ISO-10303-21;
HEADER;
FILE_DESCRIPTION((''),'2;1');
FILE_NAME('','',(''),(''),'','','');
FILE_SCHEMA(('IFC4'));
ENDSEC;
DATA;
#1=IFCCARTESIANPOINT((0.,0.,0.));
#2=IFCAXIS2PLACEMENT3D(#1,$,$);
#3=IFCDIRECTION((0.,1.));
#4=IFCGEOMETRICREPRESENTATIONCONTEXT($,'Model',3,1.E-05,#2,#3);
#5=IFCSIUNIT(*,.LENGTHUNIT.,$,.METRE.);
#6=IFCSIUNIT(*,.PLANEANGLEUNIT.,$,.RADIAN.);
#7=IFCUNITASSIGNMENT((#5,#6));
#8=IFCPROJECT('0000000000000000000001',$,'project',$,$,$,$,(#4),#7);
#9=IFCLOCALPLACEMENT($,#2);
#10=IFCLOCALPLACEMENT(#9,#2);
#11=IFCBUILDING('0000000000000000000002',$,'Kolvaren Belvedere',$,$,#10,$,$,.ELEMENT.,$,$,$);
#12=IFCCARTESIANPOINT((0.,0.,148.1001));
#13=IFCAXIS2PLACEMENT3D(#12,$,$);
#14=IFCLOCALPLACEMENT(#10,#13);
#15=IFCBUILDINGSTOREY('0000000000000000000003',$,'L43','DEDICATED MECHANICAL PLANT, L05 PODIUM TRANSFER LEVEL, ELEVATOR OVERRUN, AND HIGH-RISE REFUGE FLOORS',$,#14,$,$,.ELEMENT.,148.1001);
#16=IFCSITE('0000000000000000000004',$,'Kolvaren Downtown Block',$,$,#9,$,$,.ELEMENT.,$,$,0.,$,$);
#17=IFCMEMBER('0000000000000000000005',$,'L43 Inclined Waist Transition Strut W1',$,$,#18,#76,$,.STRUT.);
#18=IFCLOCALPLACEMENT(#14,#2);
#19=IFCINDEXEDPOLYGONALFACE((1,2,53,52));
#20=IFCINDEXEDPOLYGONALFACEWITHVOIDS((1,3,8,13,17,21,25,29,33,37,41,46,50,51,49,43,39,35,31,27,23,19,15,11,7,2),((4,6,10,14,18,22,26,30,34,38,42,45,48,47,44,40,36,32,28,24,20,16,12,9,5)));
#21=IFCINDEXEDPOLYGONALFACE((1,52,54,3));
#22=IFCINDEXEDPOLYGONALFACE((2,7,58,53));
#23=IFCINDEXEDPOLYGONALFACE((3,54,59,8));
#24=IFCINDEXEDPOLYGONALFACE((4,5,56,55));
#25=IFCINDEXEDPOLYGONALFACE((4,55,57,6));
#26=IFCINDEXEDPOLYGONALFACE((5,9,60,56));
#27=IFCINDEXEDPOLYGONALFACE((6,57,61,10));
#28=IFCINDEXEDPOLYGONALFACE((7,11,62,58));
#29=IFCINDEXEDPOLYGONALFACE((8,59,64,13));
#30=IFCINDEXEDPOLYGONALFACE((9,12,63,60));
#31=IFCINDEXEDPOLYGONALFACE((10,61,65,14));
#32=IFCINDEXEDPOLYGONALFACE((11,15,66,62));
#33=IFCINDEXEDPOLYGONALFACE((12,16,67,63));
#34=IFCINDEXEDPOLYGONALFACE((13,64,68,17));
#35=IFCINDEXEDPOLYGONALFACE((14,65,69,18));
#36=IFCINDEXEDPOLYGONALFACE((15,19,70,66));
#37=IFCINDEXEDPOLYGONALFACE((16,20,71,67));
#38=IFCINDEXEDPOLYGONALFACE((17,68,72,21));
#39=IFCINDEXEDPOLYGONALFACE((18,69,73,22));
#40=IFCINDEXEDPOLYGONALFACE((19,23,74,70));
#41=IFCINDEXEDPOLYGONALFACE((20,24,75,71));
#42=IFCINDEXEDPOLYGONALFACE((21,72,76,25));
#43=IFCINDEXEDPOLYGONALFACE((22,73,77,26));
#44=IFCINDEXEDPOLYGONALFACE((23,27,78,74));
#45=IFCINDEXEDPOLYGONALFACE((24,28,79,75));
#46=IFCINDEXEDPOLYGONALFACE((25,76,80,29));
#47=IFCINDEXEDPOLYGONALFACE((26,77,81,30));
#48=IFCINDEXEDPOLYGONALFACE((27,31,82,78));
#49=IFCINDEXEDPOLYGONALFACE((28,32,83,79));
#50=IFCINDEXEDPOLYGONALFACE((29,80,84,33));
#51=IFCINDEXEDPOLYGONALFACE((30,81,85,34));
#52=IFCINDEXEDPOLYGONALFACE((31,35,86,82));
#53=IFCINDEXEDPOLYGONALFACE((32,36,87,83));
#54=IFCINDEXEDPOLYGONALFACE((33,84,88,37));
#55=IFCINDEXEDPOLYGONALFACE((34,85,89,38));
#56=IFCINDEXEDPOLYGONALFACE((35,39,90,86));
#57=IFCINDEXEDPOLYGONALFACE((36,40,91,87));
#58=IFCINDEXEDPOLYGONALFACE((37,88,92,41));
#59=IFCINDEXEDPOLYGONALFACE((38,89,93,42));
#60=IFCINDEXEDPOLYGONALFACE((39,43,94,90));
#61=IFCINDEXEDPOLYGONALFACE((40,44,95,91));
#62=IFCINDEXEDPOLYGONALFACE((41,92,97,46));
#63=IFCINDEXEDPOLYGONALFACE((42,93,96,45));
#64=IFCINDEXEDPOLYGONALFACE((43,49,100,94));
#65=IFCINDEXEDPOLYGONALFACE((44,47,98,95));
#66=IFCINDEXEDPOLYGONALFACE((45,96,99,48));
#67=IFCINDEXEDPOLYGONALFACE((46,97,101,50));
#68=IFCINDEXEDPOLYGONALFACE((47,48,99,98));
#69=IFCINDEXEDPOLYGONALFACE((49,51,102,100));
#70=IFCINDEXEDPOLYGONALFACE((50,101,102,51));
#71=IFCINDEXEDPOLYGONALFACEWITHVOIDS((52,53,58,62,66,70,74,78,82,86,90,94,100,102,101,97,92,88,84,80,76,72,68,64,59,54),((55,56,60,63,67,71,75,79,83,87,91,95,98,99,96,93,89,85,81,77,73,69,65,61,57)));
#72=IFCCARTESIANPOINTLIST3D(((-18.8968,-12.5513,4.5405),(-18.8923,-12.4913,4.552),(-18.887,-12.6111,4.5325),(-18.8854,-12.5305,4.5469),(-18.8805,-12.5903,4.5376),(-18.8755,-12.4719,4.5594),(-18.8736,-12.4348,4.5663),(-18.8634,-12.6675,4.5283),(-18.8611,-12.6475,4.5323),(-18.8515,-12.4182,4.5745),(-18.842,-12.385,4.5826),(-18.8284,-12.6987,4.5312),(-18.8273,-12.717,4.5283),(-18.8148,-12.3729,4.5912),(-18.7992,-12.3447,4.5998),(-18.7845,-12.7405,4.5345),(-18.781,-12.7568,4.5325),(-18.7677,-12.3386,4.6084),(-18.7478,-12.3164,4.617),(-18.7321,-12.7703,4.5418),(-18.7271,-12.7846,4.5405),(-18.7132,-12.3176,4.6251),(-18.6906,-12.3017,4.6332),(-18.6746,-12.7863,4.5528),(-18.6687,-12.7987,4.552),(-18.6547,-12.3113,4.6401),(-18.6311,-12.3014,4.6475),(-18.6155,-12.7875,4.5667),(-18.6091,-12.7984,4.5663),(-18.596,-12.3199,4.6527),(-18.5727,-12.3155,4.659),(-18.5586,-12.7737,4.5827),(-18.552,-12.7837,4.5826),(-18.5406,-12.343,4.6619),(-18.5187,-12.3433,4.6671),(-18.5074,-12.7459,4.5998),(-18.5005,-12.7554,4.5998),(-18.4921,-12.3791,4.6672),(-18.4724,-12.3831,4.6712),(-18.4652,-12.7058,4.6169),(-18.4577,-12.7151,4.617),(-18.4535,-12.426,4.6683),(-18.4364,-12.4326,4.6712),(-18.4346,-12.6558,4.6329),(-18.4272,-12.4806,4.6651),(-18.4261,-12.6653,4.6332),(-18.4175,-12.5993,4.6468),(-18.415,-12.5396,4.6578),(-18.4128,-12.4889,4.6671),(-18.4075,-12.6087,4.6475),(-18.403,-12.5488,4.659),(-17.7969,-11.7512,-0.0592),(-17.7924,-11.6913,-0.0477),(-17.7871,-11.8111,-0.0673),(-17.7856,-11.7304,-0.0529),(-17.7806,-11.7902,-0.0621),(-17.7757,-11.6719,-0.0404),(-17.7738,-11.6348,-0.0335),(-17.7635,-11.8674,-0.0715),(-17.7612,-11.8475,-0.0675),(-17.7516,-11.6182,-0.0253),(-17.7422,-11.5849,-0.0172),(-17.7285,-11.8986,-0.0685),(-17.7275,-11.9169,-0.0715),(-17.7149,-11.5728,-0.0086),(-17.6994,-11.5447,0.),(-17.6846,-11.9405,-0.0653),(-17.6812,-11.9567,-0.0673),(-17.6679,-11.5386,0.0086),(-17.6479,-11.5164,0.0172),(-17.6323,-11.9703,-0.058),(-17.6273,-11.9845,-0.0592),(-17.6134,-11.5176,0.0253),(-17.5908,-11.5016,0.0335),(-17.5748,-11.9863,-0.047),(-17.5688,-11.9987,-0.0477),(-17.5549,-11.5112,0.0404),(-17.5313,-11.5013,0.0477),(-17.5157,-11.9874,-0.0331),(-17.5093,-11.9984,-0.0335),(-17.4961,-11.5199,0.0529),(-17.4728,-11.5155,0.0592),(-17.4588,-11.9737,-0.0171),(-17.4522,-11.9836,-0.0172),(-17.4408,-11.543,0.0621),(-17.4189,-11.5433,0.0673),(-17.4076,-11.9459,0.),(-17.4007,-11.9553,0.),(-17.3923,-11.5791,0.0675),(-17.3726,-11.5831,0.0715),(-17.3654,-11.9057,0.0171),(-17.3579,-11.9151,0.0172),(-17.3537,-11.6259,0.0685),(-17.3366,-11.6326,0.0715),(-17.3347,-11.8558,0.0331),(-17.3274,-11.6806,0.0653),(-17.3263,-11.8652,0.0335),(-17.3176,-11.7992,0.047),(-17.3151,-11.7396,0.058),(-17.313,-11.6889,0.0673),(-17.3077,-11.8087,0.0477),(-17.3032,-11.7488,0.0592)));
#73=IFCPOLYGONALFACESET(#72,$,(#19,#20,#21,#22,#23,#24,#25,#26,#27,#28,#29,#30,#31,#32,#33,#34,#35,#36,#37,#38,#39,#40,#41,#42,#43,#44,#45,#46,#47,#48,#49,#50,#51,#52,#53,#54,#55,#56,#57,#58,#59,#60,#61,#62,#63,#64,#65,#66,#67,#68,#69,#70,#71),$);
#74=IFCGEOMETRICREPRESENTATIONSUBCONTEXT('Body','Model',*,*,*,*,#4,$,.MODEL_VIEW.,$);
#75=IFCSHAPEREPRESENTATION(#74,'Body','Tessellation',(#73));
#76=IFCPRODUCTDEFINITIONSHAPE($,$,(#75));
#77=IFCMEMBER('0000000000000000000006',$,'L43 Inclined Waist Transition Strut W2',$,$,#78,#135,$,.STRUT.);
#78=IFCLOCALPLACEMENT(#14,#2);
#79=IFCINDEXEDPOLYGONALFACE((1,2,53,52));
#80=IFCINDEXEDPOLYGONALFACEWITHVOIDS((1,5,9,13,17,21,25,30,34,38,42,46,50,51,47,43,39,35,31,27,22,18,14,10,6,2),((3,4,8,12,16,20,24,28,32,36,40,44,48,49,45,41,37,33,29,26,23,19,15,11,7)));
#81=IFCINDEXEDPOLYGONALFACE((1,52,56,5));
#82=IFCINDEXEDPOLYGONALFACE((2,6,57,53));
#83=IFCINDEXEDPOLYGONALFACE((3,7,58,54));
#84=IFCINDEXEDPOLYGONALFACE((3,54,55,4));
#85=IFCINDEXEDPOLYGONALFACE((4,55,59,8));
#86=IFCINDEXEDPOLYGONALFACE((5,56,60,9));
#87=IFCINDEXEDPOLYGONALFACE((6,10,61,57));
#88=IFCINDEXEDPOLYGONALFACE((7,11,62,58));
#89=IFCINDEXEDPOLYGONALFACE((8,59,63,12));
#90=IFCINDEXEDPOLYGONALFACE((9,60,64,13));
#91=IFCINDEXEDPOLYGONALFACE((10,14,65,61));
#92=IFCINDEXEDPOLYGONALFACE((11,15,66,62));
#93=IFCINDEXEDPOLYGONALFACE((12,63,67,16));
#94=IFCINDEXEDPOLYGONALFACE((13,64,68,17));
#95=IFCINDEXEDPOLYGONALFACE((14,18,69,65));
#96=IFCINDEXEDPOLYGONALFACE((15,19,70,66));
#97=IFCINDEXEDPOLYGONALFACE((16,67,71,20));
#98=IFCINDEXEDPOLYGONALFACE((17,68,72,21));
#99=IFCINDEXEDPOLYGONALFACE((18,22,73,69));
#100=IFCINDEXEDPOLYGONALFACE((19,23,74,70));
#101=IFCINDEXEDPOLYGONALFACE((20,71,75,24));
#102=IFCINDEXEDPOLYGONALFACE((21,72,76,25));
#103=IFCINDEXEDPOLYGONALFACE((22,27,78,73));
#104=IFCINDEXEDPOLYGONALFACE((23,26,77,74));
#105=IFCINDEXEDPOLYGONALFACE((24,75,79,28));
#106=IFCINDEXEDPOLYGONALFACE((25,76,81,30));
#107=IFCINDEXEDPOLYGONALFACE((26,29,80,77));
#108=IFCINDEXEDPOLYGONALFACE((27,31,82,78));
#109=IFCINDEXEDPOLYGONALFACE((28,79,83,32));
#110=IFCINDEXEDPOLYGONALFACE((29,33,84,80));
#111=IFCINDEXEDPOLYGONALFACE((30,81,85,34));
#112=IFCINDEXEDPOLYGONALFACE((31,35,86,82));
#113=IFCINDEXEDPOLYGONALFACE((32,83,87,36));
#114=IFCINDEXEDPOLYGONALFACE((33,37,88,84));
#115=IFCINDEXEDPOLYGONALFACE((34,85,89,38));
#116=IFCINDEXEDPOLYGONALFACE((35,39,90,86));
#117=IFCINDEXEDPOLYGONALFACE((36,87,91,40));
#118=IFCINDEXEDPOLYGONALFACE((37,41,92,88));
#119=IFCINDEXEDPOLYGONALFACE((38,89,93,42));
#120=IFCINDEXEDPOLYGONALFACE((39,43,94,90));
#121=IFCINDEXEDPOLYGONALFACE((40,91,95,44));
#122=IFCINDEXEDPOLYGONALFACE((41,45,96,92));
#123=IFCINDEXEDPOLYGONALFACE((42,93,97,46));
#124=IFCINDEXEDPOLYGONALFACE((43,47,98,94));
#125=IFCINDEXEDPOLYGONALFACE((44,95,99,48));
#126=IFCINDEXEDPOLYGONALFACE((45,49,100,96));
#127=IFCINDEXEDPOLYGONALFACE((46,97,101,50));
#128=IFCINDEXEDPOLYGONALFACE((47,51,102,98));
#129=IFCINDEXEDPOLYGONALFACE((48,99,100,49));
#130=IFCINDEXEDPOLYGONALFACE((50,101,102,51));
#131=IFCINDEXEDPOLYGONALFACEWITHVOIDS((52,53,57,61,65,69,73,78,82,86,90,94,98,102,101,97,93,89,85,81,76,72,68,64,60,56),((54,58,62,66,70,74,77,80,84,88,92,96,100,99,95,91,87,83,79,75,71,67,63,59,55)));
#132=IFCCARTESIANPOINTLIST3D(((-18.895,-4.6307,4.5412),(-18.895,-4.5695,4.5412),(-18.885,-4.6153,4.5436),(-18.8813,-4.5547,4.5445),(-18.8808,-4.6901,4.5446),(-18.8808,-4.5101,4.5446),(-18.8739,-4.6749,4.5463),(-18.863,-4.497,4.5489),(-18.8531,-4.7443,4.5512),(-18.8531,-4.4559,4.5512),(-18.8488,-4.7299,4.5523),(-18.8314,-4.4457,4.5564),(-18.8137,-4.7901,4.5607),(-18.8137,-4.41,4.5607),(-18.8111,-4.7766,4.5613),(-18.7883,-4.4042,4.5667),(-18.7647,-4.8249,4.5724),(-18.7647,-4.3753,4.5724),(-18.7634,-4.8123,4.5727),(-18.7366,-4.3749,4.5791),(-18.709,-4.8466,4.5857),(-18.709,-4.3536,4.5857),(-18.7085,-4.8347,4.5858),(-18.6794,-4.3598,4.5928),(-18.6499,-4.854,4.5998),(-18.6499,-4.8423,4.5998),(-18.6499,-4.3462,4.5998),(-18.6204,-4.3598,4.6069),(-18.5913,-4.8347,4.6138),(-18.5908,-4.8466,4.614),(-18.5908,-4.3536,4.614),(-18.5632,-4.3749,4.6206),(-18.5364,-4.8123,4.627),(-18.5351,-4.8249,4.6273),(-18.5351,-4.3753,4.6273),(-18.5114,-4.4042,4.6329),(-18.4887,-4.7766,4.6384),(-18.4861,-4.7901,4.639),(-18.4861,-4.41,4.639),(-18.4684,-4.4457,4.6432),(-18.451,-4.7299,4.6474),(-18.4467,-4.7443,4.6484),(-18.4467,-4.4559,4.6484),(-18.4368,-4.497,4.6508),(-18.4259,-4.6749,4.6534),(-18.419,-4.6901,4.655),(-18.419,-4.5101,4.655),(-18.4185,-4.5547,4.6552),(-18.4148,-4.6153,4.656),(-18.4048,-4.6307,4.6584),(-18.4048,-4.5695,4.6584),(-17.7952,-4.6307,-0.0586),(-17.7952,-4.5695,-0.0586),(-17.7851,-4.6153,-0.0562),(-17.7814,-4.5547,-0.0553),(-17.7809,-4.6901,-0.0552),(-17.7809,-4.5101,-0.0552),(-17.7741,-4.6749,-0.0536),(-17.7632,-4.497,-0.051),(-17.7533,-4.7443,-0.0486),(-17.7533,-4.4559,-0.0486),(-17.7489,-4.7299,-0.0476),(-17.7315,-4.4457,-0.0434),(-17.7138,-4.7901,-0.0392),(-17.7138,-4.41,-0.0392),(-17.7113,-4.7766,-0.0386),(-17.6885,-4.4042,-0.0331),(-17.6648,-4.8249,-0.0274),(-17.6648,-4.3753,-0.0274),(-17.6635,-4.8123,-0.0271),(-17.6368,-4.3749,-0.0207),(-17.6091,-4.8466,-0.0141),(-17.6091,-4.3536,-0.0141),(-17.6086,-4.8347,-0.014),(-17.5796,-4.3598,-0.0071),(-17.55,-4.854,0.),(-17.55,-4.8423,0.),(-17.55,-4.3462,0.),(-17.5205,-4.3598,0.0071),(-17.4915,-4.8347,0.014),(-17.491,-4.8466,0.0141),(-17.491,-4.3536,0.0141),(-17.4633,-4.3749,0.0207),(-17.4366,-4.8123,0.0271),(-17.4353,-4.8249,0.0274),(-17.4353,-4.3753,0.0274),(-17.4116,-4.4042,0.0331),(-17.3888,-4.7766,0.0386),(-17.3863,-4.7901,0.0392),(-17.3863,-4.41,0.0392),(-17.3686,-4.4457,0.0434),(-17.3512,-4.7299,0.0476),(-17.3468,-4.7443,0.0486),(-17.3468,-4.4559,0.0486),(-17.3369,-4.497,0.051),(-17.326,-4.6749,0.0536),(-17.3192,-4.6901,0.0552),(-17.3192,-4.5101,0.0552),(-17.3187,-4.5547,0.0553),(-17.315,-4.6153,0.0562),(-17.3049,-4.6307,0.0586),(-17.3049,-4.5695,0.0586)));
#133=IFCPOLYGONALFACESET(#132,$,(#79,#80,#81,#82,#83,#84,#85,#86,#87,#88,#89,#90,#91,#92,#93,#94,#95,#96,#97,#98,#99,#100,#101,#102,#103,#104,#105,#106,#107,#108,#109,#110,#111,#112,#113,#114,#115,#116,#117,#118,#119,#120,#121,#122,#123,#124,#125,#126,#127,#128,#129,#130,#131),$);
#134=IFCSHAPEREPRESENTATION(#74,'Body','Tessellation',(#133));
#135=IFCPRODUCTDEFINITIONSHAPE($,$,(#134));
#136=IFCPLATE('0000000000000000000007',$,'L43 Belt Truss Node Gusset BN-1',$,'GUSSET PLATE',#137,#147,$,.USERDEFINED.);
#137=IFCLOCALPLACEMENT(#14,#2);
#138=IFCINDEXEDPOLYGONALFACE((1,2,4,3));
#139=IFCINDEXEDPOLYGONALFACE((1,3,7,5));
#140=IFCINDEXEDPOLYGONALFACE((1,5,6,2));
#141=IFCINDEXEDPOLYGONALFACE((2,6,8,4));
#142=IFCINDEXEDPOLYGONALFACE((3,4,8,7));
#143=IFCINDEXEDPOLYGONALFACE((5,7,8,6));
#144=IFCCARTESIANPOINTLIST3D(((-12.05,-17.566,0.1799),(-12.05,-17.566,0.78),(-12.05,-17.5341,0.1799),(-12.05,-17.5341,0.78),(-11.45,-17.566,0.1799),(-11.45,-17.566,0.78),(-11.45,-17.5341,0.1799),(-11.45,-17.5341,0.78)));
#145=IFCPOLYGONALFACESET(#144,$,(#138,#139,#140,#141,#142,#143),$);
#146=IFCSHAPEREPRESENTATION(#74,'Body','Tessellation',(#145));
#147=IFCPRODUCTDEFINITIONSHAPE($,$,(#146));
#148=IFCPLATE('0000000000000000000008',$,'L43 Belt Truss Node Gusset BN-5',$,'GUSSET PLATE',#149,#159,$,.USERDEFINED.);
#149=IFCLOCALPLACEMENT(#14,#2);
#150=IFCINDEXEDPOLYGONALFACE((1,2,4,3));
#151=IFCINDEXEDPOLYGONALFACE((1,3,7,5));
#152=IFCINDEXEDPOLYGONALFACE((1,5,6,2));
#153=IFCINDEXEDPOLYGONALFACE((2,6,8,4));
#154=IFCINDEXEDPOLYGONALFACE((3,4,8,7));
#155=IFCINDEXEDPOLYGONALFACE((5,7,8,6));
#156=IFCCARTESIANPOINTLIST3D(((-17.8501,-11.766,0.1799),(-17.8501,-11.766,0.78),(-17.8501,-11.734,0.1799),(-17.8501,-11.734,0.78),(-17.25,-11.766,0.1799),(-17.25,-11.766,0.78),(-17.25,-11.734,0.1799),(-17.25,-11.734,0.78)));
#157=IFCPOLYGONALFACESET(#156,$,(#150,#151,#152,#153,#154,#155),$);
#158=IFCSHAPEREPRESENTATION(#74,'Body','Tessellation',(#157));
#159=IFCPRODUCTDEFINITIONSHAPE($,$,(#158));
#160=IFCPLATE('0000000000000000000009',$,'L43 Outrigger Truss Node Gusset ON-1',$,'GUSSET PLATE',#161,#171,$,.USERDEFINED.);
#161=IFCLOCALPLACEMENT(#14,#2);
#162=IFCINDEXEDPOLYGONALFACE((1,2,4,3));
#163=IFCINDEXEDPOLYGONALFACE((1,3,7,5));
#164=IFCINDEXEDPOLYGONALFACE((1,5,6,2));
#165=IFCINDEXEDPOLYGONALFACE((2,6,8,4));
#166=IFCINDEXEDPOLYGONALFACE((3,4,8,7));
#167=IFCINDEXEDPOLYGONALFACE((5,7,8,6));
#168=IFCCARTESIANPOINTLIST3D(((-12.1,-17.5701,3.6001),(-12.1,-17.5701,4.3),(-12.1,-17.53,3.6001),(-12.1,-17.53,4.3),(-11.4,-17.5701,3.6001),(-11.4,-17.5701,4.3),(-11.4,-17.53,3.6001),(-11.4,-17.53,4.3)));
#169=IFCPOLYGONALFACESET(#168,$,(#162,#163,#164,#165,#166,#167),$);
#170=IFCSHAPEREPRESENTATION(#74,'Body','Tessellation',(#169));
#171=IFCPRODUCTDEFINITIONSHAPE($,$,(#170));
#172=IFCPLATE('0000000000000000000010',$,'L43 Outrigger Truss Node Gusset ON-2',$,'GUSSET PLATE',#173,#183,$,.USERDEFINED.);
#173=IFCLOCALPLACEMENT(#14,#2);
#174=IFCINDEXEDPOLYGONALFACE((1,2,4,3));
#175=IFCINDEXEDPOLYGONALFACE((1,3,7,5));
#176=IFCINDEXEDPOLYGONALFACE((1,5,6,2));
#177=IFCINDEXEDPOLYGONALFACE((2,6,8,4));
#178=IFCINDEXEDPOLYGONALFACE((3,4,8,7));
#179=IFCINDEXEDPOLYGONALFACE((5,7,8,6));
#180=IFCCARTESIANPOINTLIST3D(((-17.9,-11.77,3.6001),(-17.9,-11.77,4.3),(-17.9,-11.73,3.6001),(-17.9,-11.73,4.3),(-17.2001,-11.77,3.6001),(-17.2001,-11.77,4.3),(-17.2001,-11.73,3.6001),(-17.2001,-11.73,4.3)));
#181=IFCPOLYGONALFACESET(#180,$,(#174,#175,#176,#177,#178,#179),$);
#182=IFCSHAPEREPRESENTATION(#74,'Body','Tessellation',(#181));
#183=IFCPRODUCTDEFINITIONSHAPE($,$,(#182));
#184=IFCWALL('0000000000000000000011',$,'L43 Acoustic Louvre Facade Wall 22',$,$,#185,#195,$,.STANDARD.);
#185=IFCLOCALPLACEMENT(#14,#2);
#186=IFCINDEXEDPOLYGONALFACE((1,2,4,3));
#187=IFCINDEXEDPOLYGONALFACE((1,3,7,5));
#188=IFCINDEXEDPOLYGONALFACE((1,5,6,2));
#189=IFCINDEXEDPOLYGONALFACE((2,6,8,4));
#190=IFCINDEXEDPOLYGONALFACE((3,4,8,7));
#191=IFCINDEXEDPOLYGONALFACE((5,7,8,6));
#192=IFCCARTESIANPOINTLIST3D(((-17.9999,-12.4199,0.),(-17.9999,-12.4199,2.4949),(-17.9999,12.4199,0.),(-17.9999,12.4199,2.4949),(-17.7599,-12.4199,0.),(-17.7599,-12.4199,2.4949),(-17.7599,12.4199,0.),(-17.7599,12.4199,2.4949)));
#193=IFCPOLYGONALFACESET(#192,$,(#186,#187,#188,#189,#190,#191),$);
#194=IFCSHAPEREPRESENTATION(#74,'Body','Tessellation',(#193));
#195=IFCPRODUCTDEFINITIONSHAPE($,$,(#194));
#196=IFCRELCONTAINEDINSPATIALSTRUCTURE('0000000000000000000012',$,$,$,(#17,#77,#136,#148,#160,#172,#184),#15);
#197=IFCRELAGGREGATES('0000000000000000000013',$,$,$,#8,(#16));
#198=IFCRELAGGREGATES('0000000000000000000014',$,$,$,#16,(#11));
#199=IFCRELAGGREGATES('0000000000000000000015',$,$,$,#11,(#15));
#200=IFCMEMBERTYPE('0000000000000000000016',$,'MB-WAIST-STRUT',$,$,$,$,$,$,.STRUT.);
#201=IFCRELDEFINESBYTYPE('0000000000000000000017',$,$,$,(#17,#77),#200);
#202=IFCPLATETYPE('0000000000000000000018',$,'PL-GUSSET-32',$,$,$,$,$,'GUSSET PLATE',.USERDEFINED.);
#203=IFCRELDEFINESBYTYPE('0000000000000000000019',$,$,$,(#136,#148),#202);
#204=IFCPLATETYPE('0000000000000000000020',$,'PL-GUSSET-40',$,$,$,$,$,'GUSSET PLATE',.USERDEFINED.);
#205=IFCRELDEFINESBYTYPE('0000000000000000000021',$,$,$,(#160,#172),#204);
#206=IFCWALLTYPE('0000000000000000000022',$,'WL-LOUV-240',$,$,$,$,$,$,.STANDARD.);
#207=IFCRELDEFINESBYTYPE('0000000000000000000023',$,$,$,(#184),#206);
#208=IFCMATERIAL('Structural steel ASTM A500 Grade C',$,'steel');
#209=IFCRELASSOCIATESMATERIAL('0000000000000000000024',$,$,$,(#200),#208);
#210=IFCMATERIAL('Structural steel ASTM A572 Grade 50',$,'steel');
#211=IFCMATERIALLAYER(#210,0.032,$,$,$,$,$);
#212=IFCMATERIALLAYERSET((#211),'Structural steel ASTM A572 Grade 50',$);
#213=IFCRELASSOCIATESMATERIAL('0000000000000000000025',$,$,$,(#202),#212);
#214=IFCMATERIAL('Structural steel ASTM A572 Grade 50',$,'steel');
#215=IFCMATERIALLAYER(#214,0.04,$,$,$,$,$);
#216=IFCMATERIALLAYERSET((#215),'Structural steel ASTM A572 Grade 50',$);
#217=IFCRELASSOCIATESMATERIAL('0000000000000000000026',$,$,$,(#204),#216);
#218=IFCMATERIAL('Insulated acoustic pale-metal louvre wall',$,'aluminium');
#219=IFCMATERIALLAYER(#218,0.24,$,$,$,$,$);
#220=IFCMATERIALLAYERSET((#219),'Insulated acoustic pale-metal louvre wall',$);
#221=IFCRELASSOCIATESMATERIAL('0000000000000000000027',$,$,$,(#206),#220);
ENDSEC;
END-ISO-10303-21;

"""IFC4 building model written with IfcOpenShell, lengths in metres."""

from ifc_helpers import new_model, si_unit, direction, frame, frame_2d, origin, origin_2d, place, context, subcontext, project, spatial, rectangle, hollow_circle, extrude, material, layer, layer_set, material_profile, profile_set, type_object, element, save


model = new_model("IFC4")

# Units and contexts
model_context = context("Model", 3, precision=1e-05, world=origin(), true_north=direction((0.0, 1.0)))
body_context = subcontext(model_context, "Body", "Model", "MODEL_VIEW")
ifc_project = project(units=[si_unit("LENGTHUNIT", "METRE"), si_unit("PLANEANGLEUNIT", "RADIAN")], contexts=[model_context])

# Site, building, storey
site_placement = place(None, origin())
site = spatial("IfcSite", under=ifc_project, at=site_placement, Name="Kolvaren Downtown Block", CompositionType="ELEMENT", RefElevation=0.0)
building_placement = place(site_placement, origin())
building = spatial("IfcBuilding", under=site, at=building_placement, Name="Kolvaren Belvedere", CompositionType="ELEMENT")
storey_placement = place(building_placement, frame((0.0, 0.0, 148.1001)))
storey = spatial("IfcBuildingStorey", under=building, at=storey_placement, Name="L43", Description="DEDICATED MECHANICAL PLANT, L05 PODIUM TRANSFER LEVEL, ELEVATOR OVERRUN, AND HIGH-RISE REFUGE FLOORS", CompositionType="ELEMENT", Elevation=148.1001)

# Members
ifc_material_1 = material(Name="Structural steel ASTM A500 Grade C", Category="steel")
ifc_material_profile_1 = material_profile(ifc_material_1, hollow_circle(Radius=0.2539, WallThickness=0.0117, at=origin_2d()), Name="HSS20.000X0.500")
ifc_profile_set_1 = profile_set([ifc_material_profile_1], Name="Structural steel ASTM A500 Grade C")
member_type_1 = type_object("IfcMemberType", Name="MB-WAIST-STRUT", PredefinedType="STRUT", material=ifc_profile_set_1)
for number, where, z_axis, x_axis, name in (
    (1, (-17.55, -11.75, 0.0), (-0.229293, -0.166791, 0.95896), (0.588246, -0.808682, 0.0), "L43 Inclined Waist Transition Strut W1"),
):
    element("IfcMember", number, at=place(storey_placement, frame(where, z_axis=z_axis, x_axis=x_axis)), inside=storey, type_object=member_type_1, Name=name, PredefinedType="STRUT", context=body_context, shape_type="SweptSolid", body=[
        extrude(hollow_circle(Radius=0.2539, WallThickness=0.0117, at=origin_2d()), origin(), (0.0, 0.0, 1.0), 4.7966),
    ])
member_placement = place(storey_placement, frame((-17.55, -4.6001, 0.0), z_axis=(-0.232551, 0.0, 0.972584), x_axis=(0.0, -1.0, 0.0)))
element("IfcMember", 2, at=member_placement, inside=storey, type_object=member_type_1, Name="L43 Inclined Waist Transition Strut W2", PredefinedType="STRUT", context=body_context, shape_type="SweptSolid", body=[
    extrude(hollow_circle(Radius=0.2539, WallThickness=0.0117, at=origin_2d()), origin(), (0.0, 0.0, 1.0), 4.7295),
])

# Plates
ifc_material_2 = material(Name="Structural steel ASTM A572 Grade 50", Category="steel")
ifc_layer_1 = layer(ifc_material_2, 0.032)
ifc_layer_set_1 = layer_set([ifc_layer_1], Name="Structural steel ASTM A572 Grade 50")
plate_type_1 = type_object("IfcPlateType", Name="PL-GUSSET-32", ElementType="GUSSET PLATE", PredefinedType="USERDEFINED", material=ifc_layer_set_1)
for number, where, z_axis, x_axis, name in (
    (3, (-11.75, -17.55, 0.1799), (0.0, 0.0, 1.0), (1.0, 0.0, 0.0), "L43 Belt Truss Node Gusset BN-1"),
    (4, (-17.55, -11.75, 0.1799), (0.0, 0.0, 1.0), (1.0, 0.0, 0.0), "L43 Belt Truss Node Gusset BN-5"),
):
    element("IfcPlate", number, at=place(storey_placement, frame(where, z_axis=z_axis, x_axis=x_axis)), inside=storey, type_object=plate_type_1, Name=name, ObjectType="GUSSET PLATE", PredefinedType="USERDEFINED", context=body_context, shape_type="SweptSolid", body=[
        extrude(rectangle(XDim=0.6001, YDim=0.032, at=origin_2d()), origin(), (0.0, 0.0, 1.0), 0.6001),
    ])
ifc_material_3 = material(Name="Structural steel ASTM A572 Grade 50", Category="steel")
ifc_layer_2 = layer(ifc_material_3, 0.04)
ifc_layer_set_2 = layer_set([ifc_layer_2], Name="Structural steel ASTM A572 Grade 50")
plate_type_2 = type_object("IfcPlateType", Name="PL-GUSSET-40", ElementType="GUSSET PLATE", PredefinedType="USERDEFINED", material=ifc_layer_set_2)
for number, where, z_axis, x_axis, name in (
    (5, (-11.75, -17.55, 3.6001), (0.0, 0.0, 1.0), (1.0, 0.0, 0.0), "L43 Outrigger Truss Node Gusset ON-1"),
    (6, (-17.55, -11.75, 3.6001), (0.0, 0.0, 1.0), (1.0, 0.0, 0.0), "L43 Outrigger Truss Node Gusset ON-2"),
):
    element("IfcPlate", number, at=place(storey_placement, frame(where, z_axis=z_axis, x_axis=x_axis)), inside=storey, type_object=plate_type_2, Name=name, ObjectType="GUSSET PLATE", PredefinedType="USERDEFINED", context=body_context, shape_type="SweptSolid", body=[
        extrude(rectangle(XDim=0.7, YDim=0.04, at=origin_2d()), origin(), (0.0, 0.0, 1.0), 0.7),
    ])

# Wall
ifc_material_4 = material(Name="Insulated acoustic pale-metal louvre wall", Category="aluminium")
ifc_layer_3 = layer(ifc_material_4, 0.24)
ifc_layer_set_3 = layer_set([ifc_layer_3], Name="Insulated acoustic pale-metal louvre wall")
wall_type_1 = type_object("IfcWallType", Name="WL-LOUV-240", PredefinedType="STANDARD", material=ifc_layer_set_3)
wall_1_placement = place(storey_placement, frame((-17.8799, -12.4199, 0.0), z_axis=(0.0, 0.0, 1.0), x_axis=(0.0, 1.0, 0.0)))
element("IfcWall", 7, at=wall_1_placement, inside=storey, type_object=wall_type_1, Name="L43 Acoustic Louvre Facade Wall 22", PredefinedType="STANDARD", context=body_context, shape_type="SweptSolid", body=[
    extrude(rectangle(XDim=24.8398, YDim=0.24, at=frame_2d((12.4199, 0.0))), origin(), (0.0, 0.0, 1.0), 2.4949),
])

save(model, "model.ifc")
